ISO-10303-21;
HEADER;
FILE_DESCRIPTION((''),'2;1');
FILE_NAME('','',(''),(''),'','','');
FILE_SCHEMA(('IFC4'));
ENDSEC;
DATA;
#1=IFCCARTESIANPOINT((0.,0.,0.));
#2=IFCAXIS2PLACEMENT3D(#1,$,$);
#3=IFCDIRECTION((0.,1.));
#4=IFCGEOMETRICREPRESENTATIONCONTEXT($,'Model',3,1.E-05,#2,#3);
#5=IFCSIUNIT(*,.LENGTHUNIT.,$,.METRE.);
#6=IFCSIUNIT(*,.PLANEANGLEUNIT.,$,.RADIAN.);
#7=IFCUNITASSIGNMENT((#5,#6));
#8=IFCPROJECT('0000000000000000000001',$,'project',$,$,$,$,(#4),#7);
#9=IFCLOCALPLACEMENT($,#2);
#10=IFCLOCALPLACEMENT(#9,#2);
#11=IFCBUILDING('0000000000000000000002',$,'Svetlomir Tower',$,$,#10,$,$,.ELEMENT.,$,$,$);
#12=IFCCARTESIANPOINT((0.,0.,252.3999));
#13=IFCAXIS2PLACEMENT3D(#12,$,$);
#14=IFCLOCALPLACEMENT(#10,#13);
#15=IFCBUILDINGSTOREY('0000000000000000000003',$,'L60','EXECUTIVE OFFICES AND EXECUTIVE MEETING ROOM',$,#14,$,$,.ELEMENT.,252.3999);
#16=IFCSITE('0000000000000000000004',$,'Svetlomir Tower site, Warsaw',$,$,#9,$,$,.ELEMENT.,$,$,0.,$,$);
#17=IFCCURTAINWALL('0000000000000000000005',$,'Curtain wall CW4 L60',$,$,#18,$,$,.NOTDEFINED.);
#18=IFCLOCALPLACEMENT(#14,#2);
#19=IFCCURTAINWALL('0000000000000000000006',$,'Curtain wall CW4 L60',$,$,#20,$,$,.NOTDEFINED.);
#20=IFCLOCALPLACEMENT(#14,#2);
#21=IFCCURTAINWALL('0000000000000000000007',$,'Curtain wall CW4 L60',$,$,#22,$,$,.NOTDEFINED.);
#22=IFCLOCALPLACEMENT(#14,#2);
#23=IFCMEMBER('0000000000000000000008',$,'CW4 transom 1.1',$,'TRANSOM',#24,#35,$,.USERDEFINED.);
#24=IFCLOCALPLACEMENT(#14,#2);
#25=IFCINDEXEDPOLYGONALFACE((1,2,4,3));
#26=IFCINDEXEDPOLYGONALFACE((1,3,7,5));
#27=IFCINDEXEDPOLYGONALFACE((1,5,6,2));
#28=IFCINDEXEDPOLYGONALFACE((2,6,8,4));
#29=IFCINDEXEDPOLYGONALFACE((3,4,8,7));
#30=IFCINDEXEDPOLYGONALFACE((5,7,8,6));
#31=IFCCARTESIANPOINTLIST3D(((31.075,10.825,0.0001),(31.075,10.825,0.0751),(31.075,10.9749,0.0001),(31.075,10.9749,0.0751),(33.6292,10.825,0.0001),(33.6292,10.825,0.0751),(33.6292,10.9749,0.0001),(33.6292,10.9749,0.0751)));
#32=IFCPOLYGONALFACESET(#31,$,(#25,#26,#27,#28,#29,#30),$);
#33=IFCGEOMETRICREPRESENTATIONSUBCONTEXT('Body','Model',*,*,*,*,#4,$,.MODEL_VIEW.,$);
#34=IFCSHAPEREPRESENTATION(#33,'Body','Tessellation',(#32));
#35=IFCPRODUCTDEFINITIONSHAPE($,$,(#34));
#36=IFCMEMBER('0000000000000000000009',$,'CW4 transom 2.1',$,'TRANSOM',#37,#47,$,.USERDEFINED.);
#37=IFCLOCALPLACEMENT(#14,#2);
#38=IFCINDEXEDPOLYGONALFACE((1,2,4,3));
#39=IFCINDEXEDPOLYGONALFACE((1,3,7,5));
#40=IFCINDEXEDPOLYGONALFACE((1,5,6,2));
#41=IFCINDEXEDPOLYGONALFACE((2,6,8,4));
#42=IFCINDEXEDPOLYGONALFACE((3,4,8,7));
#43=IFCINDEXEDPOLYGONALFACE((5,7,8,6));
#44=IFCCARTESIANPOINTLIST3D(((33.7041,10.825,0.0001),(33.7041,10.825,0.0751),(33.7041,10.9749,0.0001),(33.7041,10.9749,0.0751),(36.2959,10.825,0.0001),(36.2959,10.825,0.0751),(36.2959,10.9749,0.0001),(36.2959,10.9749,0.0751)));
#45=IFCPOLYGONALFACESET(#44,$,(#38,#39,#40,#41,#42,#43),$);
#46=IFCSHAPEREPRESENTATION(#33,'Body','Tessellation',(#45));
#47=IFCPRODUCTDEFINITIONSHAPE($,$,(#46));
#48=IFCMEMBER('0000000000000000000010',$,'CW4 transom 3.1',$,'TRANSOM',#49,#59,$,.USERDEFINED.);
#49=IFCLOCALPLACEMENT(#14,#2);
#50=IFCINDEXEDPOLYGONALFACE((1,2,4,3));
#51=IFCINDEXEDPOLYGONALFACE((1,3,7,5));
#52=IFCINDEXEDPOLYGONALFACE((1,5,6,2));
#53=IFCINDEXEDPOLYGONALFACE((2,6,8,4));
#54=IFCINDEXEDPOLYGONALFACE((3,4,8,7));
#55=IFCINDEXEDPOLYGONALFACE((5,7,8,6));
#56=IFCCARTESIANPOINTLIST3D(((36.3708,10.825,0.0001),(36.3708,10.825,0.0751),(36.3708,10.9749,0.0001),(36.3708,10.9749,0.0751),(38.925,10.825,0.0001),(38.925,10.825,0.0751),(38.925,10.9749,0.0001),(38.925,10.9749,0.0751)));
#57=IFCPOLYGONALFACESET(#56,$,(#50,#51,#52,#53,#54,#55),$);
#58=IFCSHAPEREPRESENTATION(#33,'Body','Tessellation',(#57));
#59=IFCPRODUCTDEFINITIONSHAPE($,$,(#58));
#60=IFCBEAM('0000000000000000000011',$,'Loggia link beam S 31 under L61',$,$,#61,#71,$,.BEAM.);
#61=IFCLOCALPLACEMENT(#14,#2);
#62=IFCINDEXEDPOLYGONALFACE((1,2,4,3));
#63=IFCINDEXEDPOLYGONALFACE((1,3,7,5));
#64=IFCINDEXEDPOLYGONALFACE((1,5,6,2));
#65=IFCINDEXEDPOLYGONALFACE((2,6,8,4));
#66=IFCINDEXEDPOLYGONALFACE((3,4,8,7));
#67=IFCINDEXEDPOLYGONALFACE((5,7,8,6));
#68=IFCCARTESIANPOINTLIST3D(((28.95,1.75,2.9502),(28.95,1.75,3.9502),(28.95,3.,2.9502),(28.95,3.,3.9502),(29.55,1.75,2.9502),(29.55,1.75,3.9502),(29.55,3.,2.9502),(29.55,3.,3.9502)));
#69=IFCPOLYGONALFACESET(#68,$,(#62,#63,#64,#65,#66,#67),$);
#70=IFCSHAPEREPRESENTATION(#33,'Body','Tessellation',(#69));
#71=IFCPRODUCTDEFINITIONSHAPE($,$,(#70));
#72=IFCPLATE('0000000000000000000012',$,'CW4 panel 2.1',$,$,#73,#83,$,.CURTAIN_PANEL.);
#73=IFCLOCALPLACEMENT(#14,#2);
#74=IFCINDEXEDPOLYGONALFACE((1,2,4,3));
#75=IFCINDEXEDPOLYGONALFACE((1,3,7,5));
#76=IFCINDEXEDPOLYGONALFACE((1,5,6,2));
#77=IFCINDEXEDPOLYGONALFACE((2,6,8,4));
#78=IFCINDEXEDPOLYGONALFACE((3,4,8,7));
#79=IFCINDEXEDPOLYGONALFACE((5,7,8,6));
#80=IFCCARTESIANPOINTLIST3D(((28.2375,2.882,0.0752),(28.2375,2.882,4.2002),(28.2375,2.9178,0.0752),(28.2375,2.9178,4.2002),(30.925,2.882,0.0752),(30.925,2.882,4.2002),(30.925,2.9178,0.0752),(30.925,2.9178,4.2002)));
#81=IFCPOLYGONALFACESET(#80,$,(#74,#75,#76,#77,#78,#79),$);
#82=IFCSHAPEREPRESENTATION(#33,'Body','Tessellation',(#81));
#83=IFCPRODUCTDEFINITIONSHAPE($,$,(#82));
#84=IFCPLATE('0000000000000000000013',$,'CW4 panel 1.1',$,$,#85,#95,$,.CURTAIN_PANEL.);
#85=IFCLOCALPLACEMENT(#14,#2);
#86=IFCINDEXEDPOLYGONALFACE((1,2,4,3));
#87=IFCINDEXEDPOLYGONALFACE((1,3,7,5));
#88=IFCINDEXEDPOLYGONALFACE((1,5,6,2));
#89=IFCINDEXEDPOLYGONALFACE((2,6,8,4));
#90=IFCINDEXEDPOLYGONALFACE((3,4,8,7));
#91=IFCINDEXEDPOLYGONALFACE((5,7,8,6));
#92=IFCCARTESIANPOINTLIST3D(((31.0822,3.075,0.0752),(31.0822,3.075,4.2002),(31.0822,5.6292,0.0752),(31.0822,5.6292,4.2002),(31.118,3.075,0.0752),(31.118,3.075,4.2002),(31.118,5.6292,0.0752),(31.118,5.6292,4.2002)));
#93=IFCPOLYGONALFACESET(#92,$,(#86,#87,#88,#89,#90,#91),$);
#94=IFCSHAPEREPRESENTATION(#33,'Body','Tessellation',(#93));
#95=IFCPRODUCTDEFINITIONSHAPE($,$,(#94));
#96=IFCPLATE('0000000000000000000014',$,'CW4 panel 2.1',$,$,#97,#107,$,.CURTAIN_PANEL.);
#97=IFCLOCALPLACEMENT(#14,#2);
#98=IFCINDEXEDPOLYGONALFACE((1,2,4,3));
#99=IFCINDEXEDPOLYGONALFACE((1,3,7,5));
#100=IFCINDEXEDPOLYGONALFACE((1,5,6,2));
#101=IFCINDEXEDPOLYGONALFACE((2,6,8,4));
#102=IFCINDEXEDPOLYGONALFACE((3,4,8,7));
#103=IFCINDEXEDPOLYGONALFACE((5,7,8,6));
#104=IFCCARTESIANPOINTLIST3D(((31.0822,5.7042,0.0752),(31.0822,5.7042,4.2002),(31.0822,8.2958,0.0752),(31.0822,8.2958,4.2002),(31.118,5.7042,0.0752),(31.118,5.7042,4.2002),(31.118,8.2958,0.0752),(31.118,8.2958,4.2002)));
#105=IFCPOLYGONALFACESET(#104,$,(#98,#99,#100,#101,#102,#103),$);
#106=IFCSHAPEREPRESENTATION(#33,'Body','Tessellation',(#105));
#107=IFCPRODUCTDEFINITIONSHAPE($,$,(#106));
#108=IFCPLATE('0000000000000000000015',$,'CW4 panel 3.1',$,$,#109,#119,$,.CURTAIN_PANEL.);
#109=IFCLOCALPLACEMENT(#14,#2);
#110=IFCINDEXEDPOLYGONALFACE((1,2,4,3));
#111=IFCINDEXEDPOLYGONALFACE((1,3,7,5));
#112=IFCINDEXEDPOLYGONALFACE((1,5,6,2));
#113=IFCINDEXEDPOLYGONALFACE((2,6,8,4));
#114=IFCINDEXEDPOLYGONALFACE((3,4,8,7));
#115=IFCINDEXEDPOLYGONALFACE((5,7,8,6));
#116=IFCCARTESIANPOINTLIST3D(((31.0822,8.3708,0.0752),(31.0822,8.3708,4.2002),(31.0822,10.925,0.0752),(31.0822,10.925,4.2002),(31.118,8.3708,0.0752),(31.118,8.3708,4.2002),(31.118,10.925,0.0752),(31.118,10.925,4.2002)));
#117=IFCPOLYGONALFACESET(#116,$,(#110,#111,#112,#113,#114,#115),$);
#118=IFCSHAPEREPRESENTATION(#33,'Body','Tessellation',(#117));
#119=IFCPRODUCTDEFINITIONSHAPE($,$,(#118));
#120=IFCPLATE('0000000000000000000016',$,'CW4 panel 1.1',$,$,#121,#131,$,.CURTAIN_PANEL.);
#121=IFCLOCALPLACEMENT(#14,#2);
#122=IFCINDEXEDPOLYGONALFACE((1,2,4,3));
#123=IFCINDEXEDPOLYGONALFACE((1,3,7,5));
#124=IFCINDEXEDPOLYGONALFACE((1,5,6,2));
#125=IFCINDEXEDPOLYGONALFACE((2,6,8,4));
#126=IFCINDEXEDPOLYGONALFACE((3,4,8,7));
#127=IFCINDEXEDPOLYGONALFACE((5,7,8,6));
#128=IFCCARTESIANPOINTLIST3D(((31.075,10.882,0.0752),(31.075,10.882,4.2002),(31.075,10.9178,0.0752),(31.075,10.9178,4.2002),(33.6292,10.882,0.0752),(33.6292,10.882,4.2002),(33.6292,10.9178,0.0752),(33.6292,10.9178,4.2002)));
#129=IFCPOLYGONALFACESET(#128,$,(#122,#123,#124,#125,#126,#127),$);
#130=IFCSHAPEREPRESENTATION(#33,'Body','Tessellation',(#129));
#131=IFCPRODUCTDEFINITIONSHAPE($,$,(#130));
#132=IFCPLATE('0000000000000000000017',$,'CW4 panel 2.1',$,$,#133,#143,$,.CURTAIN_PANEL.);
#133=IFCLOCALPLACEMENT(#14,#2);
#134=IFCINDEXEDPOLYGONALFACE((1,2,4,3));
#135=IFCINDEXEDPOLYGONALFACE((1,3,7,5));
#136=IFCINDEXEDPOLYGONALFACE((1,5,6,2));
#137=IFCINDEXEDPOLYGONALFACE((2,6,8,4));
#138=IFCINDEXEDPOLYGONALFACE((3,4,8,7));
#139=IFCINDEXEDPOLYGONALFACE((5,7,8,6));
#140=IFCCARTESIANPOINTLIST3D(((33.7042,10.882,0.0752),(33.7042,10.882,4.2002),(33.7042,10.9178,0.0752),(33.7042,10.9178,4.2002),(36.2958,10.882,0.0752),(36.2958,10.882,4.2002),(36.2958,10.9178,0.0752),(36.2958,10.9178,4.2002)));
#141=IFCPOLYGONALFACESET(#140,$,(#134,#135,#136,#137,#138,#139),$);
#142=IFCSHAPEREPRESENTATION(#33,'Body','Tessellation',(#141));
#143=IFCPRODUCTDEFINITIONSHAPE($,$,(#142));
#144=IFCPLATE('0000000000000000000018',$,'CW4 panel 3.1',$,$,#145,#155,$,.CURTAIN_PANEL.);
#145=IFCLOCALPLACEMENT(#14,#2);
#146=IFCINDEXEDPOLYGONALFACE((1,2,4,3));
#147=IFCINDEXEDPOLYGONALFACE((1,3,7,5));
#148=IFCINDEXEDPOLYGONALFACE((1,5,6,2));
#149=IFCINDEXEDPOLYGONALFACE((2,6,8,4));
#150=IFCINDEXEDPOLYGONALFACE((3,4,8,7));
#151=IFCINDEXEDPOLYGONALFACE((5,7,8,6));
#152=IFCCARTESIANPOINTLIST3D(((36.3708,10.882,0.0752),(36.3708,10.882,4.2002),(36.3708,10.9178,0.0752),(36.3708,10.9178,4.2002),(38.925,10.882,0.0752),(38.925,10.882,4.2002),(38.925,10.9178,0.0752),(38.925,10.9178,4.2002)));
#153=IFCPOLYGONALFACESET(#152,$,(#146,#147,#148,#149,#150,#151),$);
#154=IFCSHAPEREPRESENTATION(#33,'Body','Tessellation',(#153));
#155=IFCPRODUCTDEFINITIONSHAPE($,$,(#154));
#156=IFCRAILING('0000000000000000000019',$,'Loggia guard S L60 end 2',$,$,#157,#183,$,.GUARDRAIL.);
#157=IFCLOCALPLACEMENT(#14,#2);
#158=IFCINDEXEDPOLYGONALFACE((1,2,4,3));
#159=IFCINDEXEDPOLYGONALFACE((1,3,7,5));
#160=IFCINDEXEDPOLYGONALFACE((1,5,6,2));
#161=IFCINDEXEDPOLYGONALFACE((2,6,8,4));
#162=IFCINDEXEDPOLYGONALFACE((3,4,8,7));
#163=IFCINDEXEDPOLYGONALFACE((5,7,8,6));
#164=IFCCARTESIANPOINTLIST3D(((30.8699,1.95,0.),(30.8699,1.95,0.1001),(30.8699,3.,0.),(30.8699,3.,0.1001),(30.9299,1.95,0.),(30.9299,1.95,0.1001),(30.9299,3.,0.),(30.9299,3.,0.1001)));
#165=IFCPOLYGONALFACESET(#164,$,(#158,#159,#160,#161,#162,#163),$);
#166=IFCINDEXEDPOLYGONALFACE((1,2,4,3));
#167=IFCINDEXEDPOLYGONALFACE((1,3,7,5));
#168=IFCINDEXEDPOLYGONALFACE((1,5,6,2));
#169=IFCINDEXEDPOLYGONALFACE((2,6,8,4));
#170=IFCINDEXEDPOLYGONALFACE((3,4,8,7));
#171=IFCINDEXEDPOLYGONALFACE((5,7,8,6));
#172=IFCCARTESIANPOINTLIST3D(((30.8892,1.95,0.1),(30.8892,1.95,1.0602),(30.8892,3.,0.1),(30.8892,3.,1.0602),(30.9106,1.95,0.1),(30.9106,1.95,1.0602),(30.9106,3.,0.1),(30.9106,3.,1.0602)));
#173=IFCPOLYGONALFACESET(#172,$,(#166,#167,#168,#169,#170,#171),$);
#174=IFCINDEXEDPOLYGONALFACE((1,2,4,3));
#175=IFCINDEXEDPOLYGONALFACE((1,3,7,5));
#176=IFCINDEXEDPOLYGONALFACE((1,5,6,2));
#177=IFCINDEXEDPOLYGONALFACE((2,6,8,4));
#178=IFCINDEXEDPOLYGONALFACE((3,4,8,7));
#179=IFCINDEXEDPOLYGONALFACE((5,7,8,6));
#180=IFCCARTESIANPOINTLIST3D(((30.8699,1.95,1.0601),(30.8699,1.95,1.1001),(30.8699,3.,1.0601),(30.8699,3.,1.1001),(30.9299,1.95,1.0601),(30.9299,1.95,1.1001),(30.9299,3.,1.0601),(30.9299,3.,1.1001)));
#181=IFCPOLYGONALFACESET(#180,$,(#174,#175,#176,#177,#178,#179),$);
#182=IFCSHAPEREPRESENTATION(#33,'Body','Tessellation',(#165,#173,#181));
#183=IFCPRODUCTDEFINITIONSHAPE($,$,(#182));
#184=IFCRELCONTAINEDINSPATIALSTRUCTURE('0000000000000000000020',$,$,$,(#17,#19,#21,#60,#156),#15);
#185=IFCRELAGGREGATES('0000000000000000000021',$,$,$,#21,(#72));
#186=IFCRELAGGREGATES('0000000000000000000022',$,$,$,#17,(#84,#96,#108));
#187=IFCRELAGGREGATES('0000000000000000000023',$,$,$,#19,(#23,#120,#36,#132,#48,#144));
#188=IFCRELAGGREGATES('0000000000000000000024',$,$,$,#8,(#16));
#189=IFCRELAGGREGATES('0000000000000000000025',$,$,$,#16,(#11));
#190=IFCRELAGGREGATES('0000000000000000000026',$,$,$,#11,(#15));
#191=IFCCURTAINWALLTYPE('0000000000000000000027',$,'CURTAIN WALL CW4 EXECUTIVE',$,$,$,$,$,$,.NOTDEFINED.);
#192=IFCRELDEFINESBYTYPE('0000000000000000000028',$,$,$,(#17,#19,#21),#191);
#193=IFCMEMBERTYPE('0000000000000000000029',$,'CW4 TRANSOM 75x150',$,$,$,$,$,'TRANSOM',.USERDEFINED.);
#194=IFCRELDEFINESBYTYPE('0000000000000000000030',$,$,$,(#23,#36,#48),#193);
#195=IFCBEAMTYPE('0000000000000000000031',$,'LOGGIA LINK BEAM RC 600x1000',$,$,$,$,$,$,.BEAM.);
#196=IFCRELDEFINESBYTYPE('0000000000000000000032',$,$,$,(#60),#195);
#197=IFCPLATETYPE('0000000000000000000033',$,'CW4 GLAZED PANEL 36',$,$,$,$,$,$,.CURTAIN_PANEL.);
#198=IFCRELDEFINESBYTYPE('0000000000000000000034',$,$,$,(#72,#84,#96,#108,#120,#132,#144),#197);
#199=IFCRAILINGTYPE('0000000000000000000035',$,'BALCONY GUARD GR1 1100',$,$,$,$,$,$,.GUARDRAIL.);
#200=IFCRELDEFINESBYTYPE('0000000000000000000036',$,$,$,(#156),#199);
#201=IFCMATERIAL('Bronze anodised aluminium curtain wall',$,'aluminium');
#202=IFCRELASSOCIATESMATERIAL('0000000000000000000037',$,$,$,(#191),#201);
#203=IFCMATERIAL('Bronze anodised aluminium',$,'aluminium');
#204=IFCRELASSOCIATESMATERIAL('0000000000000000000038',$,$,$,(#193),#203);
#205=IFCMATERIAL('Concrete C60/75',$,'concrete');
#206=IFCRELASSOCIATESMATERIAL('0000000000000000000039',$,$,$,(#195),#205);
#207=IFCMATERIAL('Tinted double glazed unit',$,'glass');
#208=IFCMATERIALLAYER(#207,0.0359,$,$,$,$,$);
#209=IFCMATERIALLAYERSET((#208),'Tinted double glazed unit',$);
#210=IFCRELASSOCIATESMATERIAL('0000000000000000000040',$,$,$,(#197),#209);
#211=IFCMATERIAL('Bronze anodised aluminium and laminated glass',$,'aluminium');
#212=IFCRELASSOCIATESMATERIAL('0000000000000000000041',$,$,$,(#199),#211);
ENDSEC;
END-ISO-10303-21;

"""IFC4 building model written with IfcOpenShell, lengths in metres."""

from ifc_helpers import new_model, si_unit, direction, frame, origin, origin_2d, place, context, subcontext, project, spatial, rectangle, extrude, material, layer, layer_set, material_profile, profile_set, type_object, element, aggregate, save


model = new_model("IFC4")

# Units and contexts
model_context = context("Model", 3, precision=1e-05, world=origin(), true_north=direction((0.0, 1.0)))
body_context = subcontext(model_context, "Body", "Model", "MODEL_VIEW")
ifc_project = project(units=[si_unit("LENGTHUNIT", "METRE"), si_unit("PLANEANGLEUNIT", "RADIAN")], contexts=[model_context])

# Site, building, storey
site_placement = place(None, origin())
site = spatial("IfcSite", under=ifc_project, at=site_placement, Name="Svetlomir Tower site, Warsaw", CompositionType="ELEMENT", RefElevation=0.0)
building_placement = place(site_placement, origin())
building = spatial("IfcBuilding", under=site, at=building_placement, Name="Svetlomir Tower", CompositionType="ELEMENT")
storey_placement = place(building_placement, frame((0.0, 0.0, 252.3999)))
storey = spatial("IfcBuildingStorey", under=building, at=storey_placement, Name="L60", Description="EXECUTIVE OFFICES AND EXECUTIVE MEETING ROOM", CompositionType="ELEMENT", Elevation=252.3999)

# Curtain walls
ifc_material_1 = material(Name="Bronze anodised aluminium curtain wall", Category="aluminium")
curtain_wall_type = type_object("IfcCurtainWallType", Name="CURTAIN WALL CW4 EXECUTIVE", PredefinedType="NOTDEFINED", material=ifc_material_1)
curtain_wall_1_placement = place(storey_placement, origin())
curtain_wall_1 = element("IfcCurtainWall", 1, at=curtain_wall_1_placement, inside=storey, type_object=curtain_wall_type, Name="Curtain wall CW4 L60", PredefinedType="NOTDEFINED")
curtain_wall_2_placement = place(storey_placement, origin())
curtain_wall_2 = element("IfcCurtainWall", 2, at=curtain_wall_2_placement, inside=storey, type_object=curtain_wall_type, Name="Curtain wall CW4 L60", PredefinedType="NOTDEFINED")
curtain_wall_3_placement = place(storey_placement, origin())
curtain_wall_3 = element("IfcCurtainWall", 3, at=curtain_wall_3_placement, inside=storey, type_object=curtain_wall_type, Name="Curtain wall CW4 L60", PredefinedType="NOTDEFINED")

# Members
ifc_material_2 = material(Name="Bronze anodised aluminium", Category="aluminium")
ifc_material_profile_1 = material_profile(ifc_material_2, rectangle(XDim=0.1499, YDim=0.075, at=origin_2d()), Name="AL 150x75")
ifc_profile_set_1 = profile_set([ifc_material_profile_1], Name="Bronze anodised aluminium 6063-T6")
member_type_1 = type_object("IfcMemberType", Name="CW4 TRANSOM 75x150", ElementType="TRANSOM", PredefinedType="USERDEFINED", material=ifc_profile_set_1)
member_1_placement = place(storey_placement, frame((31.075, 10.8999, 0.0376), z_axis=(1.0, 0.0, 0.0), x_axis=(0.0, 1.0, 0.0)))
member_1 = element("IfcMember", 4, at=member_1_placement, type_object=member_type_1, Name="CW4 transom 1.1", ObjectType="TRANSOM", PredefinedType="USERDEFINED", context=body_context, shape_type="SweptSolid", body=[
    extrude(rectangle(XDim=0.1499, YDim=0.075, at=origin_2d()), origin(), (0.0, 0.0, 1.0), 2.5542),
])
member_2_placement = place(storey_placement, frame((33.7041, 10.8999, 0.0376), z_axis=(1.0, 0.0, 0.0), x_axis=(0.0, 1.0, 0.0)))
member_2 = element("IfcMember", 5, at=member_2_placement, type_object=member_type_1, Name="CW4 transom 2.1", ObjectType="TRANSOM", PredefinedType="USERDEFINED", context=body_context, shape_type="SweptSolid", body=[
    extrude(rectangle(XDim=0.1499, YDim=0.075, at=origin_2d()), origin(), (0.0, 0.0, 1.0), 2.5918),
])
member_3_placement = place(storey_placement, frame((36.3708, 10.8999, 0.0376), z_axis=(1.0, 0.0, 0.0), x_axis=(0.0, 1.0, 0.0)))
member_3 = element("IfcMember", 6, at=member_3_placement, type_object=member_type_1, Name="CW4 transom 3.1", ObjectType="TRANSOM", PredefinedType="USERDEFINED", context=body_context, shape_type="SweptSolid", body=[
    extrude(rectangle(XDim=0.1499, YDim=0.075, at=origin_2d()), origin(), (0.0, 0.0, 1.0), 2.5542),
])

# Beam
ifc_material_3 = material(Name="Concrete C60/75", Category="concrete")
ifc_material_profile_2 = material_profile(ifc_material_3, rectangle(XDim=0.6001, YDim=1.0, at=origin_2d()), Name="RC 600x1000")
ifc_profile_set_2 = profile_set([ifc_material_profile_2], Name="Concrete C60/75")
beam_type = type_object("IfcBeamType", Name="LOGGIA LINK BEAM RC 600x1000", PredefinedType="BEAM", material=ifc_profile_set_2)
beam_placement = place(storey_placement, frame((29.25, 1.75, 3.4502), z_axis=(0.0, 1.0, 0.0), x_axis=(-1.0, 0.0, 0.0)))
element("IfcBeam", 7, at=beam_placement, inside=storey, type_object=beam_type, Name="Loggia link beam S 31 under L61", PredefinedType="BEAM", context=body_context, shape_type="SweptSolid", body=[
    extrude(rectangle(XDim=0.6001, YDim=1.0, at=origin_2d()), origin(), (0.0, 0.0, 1.0), 1.25),
])

# Plates
ifc_material_4 = material(Name="Tinted double glazed unit", Category="glass")
ifc_layer = layer(ifc_material_4, 0.0359)
ifc_layer_set = layer_set([ifc_layer], Name="Tinted double glazed unit")
plate_type = type_object("IfcPlateType", Name="CW4 GLAZED PANEL 36", PredefinedType="CURTAIN_PANEL", material=ifc_layer_set)
plate_1_placement = place(storey_placement, frame((29.5813, 2.8999, 0.0752), z_axis=(0.0, 0.0, 1.0), x_axis=(1.0, 0.0, 0.0)))
plate_1 = element("IfcPlate", 8, at=plate_1_placement, type_object=plate_type, Name="CW4 panel 2.1", PredefinedType="CURTAIN_PANEL", context=body_context, shape_type="SweptSolid", body=[
    extrude(rectangle(XDim=2.6875, YDim=0.0359, at=origin_2d()), origin(), (0.0, 0.0, 1.0), 4.125),
])
aggregate(curtain_wall_3, [plate_1])
plate_2_placement = place(storey_placement, frame((31.1001, 4.3521, 0.0752), z_axis=(0.0, 0.0, 1.0), x_axis=(0.0, 1.0, 0.0)))
plate_2 = element("IfcPlate", 9, at=plate_2_placement, type_object=plate_type, Name="CW4 panel 1.1", PredefinedType="CURTAIN_PANEL", context=body_context, shape_type="SweptSolid", body=[
    extrude(rectangle(XDim=2.5542, YDim=0.0359, at=origin_2d()), origin(), (0.0, 0.0, 1.0), 4.125),
])
plate_3_placement = place(storey_placement, frame((31.1001, 7.0, 0.0752), z_axis=(0.0, 0.0, 1.0), x_axis=(0.0, 1.0, 0.0)))
plate_3 = element("IfcPlate", 10, at=plate_3_placement, type_object=plate_type, Name="CW4 panel 2.1", PredefinedType="CURTAIN_PANEL", context=body_context, shape_type="SweptSolid", body=[
    extrude(rectangle(XDim=2.5916, YDim=0.0359, at=origin_2d()), origin(), (0.0, 0.0, 1.0), 4.125),
])
plate_4_placement = place(storey_placement, frame((31.1001, 9.6479, 0.0752), z_axis=(0.0, 0.0, 1.0), x_axis=(0.0, 1.0, 0.0)))
plate_4 = element("IfcPlate", 11, at=plate_4_placement, type_object=plate_type, Name="CW4 panel 3.1", PredefinedType="CURTAIN_PANEL", context=body_context, shape_type="SweptSolid", body=[
    extrude(rectangle(XDim=2.5542, YDim=0.0359, at=origin_2d()), origin(), (0.0, 0.0, 1.0), 4.125),
])
aggregate(curtain_wall_1, [plate_2, plate_3, plate_4])
plate_5_placement = place(storey_placement, frame((32.3521, 10.8999, 0.0752), z_axis=(0.0, 0.0, 1.0), x_axis=(1.0, 0.0, 0.0)))
plate_5 = element("IfcPlate", 12, at=plate_5_placement, type_object=plate_type, Name="CW4 panel 1.1", PredefinedType="CURTAIN_PANEL", context=body_context, shape_type="SweptSolid", body=[
    extrude(rectangle(XDim=2.5542, YDim=0.0359, at=origin_2d()), origin(), (0.0, 0.0, 1.0), 4.125),
])
plate_6_placement = place(storey_placement, frame((35.0, 10.8999, 0.0752), z_axis=(0.0, 0.0, 1.0), x_axis=(1.0, 0.0, 0.0)))
plate_6 = element("IfcPlate", 13, at=plate_6_placement, type_object=plate_type, Name="CW4 panel 2.1", PredefinedType="CURTAIN_PANEL", context=body_context, shape_type="SweptSolid", body=[
    extrude(rectangle(XDim=2.5916, YDim=0.0359, at=origin_2d()), origin(), (0.0, 0.0, 1.0), 4.125),
])
plate_7_placement = place(storey_placement, frame((37.6479, 10.8999, 0.0752), z_axis=(0.0, 0.0, 1.0), x_axis=(1.0, 0.0, 0.0)))
plate_7 = element("IfcPlate", 14, at=plate_7_placement, type_object=plate_type, Name="CW4 panel 3.1", PredefinedType="CURTAIN_PANEL", context=body_context, shape_type="SweptSolid", body=[
    extrude(rectangle(XDim=2.5542, YDim=0.0359, at=origin_2d()), origin(), (0.0, 0.0, 1.0), 4.125),
])
aggregate(curtain_wall_2, [member_1, plate_5, member_2, plate_6, member_3, plate_7])

# Railing
ifc_material_5 = material(Name="Bronze anodised aluminium and laminated glass", Category="aluminium")
railing_type = type_object("IfcRailingType", Name="BALCONY GUARD GR1 1100", PredefinedType="GUARDRAIL", material=ifc_material_5)
railing_placement = place(storey_placement, frame((30.8999, 1.95, 0.0)))
element("IfcRailing", 15, at=railing_placement, inside=storey, type_object=railing_type, Name="Loggia guard S L60 end 2", PredefinedType="GUARDRAIL", context=body_context, shape_type="SweptSolid", body=[
    extrude(rectangle(XDim=0.0601, YDim=0.1001, at=origin_2d()), frame((0.0, 0.0, 0.05), z_axis=(0.0, 1.0, 0.0), x_axis=(-1.0, 0.0, 0.0)), (0.0, 0.0, 1.0), 1.05),
    extrude(rectangle(XDim=0.0215, YDim=0.9602, at=origin_2d()), frame((0.0, 0.0, 0.5801), z_axis=(0.0, 1.0, 0.0), x_axis=(-1.0, 0.0, 0.0)), (0.0, 0.0, 1.0), 1.05),
    extrude(rectangle(XDim=0.0601, YDim=0.04, at=origin_2d()), frame((0.0, 0.0, 1.0801), z_axis=(0.0, 1.0, 0.0), x_axis=(-1.0, 0.0, 0.0)), (0.0, 0.0, 1.0), 1.05),
])

save(model, "model.ifc")
